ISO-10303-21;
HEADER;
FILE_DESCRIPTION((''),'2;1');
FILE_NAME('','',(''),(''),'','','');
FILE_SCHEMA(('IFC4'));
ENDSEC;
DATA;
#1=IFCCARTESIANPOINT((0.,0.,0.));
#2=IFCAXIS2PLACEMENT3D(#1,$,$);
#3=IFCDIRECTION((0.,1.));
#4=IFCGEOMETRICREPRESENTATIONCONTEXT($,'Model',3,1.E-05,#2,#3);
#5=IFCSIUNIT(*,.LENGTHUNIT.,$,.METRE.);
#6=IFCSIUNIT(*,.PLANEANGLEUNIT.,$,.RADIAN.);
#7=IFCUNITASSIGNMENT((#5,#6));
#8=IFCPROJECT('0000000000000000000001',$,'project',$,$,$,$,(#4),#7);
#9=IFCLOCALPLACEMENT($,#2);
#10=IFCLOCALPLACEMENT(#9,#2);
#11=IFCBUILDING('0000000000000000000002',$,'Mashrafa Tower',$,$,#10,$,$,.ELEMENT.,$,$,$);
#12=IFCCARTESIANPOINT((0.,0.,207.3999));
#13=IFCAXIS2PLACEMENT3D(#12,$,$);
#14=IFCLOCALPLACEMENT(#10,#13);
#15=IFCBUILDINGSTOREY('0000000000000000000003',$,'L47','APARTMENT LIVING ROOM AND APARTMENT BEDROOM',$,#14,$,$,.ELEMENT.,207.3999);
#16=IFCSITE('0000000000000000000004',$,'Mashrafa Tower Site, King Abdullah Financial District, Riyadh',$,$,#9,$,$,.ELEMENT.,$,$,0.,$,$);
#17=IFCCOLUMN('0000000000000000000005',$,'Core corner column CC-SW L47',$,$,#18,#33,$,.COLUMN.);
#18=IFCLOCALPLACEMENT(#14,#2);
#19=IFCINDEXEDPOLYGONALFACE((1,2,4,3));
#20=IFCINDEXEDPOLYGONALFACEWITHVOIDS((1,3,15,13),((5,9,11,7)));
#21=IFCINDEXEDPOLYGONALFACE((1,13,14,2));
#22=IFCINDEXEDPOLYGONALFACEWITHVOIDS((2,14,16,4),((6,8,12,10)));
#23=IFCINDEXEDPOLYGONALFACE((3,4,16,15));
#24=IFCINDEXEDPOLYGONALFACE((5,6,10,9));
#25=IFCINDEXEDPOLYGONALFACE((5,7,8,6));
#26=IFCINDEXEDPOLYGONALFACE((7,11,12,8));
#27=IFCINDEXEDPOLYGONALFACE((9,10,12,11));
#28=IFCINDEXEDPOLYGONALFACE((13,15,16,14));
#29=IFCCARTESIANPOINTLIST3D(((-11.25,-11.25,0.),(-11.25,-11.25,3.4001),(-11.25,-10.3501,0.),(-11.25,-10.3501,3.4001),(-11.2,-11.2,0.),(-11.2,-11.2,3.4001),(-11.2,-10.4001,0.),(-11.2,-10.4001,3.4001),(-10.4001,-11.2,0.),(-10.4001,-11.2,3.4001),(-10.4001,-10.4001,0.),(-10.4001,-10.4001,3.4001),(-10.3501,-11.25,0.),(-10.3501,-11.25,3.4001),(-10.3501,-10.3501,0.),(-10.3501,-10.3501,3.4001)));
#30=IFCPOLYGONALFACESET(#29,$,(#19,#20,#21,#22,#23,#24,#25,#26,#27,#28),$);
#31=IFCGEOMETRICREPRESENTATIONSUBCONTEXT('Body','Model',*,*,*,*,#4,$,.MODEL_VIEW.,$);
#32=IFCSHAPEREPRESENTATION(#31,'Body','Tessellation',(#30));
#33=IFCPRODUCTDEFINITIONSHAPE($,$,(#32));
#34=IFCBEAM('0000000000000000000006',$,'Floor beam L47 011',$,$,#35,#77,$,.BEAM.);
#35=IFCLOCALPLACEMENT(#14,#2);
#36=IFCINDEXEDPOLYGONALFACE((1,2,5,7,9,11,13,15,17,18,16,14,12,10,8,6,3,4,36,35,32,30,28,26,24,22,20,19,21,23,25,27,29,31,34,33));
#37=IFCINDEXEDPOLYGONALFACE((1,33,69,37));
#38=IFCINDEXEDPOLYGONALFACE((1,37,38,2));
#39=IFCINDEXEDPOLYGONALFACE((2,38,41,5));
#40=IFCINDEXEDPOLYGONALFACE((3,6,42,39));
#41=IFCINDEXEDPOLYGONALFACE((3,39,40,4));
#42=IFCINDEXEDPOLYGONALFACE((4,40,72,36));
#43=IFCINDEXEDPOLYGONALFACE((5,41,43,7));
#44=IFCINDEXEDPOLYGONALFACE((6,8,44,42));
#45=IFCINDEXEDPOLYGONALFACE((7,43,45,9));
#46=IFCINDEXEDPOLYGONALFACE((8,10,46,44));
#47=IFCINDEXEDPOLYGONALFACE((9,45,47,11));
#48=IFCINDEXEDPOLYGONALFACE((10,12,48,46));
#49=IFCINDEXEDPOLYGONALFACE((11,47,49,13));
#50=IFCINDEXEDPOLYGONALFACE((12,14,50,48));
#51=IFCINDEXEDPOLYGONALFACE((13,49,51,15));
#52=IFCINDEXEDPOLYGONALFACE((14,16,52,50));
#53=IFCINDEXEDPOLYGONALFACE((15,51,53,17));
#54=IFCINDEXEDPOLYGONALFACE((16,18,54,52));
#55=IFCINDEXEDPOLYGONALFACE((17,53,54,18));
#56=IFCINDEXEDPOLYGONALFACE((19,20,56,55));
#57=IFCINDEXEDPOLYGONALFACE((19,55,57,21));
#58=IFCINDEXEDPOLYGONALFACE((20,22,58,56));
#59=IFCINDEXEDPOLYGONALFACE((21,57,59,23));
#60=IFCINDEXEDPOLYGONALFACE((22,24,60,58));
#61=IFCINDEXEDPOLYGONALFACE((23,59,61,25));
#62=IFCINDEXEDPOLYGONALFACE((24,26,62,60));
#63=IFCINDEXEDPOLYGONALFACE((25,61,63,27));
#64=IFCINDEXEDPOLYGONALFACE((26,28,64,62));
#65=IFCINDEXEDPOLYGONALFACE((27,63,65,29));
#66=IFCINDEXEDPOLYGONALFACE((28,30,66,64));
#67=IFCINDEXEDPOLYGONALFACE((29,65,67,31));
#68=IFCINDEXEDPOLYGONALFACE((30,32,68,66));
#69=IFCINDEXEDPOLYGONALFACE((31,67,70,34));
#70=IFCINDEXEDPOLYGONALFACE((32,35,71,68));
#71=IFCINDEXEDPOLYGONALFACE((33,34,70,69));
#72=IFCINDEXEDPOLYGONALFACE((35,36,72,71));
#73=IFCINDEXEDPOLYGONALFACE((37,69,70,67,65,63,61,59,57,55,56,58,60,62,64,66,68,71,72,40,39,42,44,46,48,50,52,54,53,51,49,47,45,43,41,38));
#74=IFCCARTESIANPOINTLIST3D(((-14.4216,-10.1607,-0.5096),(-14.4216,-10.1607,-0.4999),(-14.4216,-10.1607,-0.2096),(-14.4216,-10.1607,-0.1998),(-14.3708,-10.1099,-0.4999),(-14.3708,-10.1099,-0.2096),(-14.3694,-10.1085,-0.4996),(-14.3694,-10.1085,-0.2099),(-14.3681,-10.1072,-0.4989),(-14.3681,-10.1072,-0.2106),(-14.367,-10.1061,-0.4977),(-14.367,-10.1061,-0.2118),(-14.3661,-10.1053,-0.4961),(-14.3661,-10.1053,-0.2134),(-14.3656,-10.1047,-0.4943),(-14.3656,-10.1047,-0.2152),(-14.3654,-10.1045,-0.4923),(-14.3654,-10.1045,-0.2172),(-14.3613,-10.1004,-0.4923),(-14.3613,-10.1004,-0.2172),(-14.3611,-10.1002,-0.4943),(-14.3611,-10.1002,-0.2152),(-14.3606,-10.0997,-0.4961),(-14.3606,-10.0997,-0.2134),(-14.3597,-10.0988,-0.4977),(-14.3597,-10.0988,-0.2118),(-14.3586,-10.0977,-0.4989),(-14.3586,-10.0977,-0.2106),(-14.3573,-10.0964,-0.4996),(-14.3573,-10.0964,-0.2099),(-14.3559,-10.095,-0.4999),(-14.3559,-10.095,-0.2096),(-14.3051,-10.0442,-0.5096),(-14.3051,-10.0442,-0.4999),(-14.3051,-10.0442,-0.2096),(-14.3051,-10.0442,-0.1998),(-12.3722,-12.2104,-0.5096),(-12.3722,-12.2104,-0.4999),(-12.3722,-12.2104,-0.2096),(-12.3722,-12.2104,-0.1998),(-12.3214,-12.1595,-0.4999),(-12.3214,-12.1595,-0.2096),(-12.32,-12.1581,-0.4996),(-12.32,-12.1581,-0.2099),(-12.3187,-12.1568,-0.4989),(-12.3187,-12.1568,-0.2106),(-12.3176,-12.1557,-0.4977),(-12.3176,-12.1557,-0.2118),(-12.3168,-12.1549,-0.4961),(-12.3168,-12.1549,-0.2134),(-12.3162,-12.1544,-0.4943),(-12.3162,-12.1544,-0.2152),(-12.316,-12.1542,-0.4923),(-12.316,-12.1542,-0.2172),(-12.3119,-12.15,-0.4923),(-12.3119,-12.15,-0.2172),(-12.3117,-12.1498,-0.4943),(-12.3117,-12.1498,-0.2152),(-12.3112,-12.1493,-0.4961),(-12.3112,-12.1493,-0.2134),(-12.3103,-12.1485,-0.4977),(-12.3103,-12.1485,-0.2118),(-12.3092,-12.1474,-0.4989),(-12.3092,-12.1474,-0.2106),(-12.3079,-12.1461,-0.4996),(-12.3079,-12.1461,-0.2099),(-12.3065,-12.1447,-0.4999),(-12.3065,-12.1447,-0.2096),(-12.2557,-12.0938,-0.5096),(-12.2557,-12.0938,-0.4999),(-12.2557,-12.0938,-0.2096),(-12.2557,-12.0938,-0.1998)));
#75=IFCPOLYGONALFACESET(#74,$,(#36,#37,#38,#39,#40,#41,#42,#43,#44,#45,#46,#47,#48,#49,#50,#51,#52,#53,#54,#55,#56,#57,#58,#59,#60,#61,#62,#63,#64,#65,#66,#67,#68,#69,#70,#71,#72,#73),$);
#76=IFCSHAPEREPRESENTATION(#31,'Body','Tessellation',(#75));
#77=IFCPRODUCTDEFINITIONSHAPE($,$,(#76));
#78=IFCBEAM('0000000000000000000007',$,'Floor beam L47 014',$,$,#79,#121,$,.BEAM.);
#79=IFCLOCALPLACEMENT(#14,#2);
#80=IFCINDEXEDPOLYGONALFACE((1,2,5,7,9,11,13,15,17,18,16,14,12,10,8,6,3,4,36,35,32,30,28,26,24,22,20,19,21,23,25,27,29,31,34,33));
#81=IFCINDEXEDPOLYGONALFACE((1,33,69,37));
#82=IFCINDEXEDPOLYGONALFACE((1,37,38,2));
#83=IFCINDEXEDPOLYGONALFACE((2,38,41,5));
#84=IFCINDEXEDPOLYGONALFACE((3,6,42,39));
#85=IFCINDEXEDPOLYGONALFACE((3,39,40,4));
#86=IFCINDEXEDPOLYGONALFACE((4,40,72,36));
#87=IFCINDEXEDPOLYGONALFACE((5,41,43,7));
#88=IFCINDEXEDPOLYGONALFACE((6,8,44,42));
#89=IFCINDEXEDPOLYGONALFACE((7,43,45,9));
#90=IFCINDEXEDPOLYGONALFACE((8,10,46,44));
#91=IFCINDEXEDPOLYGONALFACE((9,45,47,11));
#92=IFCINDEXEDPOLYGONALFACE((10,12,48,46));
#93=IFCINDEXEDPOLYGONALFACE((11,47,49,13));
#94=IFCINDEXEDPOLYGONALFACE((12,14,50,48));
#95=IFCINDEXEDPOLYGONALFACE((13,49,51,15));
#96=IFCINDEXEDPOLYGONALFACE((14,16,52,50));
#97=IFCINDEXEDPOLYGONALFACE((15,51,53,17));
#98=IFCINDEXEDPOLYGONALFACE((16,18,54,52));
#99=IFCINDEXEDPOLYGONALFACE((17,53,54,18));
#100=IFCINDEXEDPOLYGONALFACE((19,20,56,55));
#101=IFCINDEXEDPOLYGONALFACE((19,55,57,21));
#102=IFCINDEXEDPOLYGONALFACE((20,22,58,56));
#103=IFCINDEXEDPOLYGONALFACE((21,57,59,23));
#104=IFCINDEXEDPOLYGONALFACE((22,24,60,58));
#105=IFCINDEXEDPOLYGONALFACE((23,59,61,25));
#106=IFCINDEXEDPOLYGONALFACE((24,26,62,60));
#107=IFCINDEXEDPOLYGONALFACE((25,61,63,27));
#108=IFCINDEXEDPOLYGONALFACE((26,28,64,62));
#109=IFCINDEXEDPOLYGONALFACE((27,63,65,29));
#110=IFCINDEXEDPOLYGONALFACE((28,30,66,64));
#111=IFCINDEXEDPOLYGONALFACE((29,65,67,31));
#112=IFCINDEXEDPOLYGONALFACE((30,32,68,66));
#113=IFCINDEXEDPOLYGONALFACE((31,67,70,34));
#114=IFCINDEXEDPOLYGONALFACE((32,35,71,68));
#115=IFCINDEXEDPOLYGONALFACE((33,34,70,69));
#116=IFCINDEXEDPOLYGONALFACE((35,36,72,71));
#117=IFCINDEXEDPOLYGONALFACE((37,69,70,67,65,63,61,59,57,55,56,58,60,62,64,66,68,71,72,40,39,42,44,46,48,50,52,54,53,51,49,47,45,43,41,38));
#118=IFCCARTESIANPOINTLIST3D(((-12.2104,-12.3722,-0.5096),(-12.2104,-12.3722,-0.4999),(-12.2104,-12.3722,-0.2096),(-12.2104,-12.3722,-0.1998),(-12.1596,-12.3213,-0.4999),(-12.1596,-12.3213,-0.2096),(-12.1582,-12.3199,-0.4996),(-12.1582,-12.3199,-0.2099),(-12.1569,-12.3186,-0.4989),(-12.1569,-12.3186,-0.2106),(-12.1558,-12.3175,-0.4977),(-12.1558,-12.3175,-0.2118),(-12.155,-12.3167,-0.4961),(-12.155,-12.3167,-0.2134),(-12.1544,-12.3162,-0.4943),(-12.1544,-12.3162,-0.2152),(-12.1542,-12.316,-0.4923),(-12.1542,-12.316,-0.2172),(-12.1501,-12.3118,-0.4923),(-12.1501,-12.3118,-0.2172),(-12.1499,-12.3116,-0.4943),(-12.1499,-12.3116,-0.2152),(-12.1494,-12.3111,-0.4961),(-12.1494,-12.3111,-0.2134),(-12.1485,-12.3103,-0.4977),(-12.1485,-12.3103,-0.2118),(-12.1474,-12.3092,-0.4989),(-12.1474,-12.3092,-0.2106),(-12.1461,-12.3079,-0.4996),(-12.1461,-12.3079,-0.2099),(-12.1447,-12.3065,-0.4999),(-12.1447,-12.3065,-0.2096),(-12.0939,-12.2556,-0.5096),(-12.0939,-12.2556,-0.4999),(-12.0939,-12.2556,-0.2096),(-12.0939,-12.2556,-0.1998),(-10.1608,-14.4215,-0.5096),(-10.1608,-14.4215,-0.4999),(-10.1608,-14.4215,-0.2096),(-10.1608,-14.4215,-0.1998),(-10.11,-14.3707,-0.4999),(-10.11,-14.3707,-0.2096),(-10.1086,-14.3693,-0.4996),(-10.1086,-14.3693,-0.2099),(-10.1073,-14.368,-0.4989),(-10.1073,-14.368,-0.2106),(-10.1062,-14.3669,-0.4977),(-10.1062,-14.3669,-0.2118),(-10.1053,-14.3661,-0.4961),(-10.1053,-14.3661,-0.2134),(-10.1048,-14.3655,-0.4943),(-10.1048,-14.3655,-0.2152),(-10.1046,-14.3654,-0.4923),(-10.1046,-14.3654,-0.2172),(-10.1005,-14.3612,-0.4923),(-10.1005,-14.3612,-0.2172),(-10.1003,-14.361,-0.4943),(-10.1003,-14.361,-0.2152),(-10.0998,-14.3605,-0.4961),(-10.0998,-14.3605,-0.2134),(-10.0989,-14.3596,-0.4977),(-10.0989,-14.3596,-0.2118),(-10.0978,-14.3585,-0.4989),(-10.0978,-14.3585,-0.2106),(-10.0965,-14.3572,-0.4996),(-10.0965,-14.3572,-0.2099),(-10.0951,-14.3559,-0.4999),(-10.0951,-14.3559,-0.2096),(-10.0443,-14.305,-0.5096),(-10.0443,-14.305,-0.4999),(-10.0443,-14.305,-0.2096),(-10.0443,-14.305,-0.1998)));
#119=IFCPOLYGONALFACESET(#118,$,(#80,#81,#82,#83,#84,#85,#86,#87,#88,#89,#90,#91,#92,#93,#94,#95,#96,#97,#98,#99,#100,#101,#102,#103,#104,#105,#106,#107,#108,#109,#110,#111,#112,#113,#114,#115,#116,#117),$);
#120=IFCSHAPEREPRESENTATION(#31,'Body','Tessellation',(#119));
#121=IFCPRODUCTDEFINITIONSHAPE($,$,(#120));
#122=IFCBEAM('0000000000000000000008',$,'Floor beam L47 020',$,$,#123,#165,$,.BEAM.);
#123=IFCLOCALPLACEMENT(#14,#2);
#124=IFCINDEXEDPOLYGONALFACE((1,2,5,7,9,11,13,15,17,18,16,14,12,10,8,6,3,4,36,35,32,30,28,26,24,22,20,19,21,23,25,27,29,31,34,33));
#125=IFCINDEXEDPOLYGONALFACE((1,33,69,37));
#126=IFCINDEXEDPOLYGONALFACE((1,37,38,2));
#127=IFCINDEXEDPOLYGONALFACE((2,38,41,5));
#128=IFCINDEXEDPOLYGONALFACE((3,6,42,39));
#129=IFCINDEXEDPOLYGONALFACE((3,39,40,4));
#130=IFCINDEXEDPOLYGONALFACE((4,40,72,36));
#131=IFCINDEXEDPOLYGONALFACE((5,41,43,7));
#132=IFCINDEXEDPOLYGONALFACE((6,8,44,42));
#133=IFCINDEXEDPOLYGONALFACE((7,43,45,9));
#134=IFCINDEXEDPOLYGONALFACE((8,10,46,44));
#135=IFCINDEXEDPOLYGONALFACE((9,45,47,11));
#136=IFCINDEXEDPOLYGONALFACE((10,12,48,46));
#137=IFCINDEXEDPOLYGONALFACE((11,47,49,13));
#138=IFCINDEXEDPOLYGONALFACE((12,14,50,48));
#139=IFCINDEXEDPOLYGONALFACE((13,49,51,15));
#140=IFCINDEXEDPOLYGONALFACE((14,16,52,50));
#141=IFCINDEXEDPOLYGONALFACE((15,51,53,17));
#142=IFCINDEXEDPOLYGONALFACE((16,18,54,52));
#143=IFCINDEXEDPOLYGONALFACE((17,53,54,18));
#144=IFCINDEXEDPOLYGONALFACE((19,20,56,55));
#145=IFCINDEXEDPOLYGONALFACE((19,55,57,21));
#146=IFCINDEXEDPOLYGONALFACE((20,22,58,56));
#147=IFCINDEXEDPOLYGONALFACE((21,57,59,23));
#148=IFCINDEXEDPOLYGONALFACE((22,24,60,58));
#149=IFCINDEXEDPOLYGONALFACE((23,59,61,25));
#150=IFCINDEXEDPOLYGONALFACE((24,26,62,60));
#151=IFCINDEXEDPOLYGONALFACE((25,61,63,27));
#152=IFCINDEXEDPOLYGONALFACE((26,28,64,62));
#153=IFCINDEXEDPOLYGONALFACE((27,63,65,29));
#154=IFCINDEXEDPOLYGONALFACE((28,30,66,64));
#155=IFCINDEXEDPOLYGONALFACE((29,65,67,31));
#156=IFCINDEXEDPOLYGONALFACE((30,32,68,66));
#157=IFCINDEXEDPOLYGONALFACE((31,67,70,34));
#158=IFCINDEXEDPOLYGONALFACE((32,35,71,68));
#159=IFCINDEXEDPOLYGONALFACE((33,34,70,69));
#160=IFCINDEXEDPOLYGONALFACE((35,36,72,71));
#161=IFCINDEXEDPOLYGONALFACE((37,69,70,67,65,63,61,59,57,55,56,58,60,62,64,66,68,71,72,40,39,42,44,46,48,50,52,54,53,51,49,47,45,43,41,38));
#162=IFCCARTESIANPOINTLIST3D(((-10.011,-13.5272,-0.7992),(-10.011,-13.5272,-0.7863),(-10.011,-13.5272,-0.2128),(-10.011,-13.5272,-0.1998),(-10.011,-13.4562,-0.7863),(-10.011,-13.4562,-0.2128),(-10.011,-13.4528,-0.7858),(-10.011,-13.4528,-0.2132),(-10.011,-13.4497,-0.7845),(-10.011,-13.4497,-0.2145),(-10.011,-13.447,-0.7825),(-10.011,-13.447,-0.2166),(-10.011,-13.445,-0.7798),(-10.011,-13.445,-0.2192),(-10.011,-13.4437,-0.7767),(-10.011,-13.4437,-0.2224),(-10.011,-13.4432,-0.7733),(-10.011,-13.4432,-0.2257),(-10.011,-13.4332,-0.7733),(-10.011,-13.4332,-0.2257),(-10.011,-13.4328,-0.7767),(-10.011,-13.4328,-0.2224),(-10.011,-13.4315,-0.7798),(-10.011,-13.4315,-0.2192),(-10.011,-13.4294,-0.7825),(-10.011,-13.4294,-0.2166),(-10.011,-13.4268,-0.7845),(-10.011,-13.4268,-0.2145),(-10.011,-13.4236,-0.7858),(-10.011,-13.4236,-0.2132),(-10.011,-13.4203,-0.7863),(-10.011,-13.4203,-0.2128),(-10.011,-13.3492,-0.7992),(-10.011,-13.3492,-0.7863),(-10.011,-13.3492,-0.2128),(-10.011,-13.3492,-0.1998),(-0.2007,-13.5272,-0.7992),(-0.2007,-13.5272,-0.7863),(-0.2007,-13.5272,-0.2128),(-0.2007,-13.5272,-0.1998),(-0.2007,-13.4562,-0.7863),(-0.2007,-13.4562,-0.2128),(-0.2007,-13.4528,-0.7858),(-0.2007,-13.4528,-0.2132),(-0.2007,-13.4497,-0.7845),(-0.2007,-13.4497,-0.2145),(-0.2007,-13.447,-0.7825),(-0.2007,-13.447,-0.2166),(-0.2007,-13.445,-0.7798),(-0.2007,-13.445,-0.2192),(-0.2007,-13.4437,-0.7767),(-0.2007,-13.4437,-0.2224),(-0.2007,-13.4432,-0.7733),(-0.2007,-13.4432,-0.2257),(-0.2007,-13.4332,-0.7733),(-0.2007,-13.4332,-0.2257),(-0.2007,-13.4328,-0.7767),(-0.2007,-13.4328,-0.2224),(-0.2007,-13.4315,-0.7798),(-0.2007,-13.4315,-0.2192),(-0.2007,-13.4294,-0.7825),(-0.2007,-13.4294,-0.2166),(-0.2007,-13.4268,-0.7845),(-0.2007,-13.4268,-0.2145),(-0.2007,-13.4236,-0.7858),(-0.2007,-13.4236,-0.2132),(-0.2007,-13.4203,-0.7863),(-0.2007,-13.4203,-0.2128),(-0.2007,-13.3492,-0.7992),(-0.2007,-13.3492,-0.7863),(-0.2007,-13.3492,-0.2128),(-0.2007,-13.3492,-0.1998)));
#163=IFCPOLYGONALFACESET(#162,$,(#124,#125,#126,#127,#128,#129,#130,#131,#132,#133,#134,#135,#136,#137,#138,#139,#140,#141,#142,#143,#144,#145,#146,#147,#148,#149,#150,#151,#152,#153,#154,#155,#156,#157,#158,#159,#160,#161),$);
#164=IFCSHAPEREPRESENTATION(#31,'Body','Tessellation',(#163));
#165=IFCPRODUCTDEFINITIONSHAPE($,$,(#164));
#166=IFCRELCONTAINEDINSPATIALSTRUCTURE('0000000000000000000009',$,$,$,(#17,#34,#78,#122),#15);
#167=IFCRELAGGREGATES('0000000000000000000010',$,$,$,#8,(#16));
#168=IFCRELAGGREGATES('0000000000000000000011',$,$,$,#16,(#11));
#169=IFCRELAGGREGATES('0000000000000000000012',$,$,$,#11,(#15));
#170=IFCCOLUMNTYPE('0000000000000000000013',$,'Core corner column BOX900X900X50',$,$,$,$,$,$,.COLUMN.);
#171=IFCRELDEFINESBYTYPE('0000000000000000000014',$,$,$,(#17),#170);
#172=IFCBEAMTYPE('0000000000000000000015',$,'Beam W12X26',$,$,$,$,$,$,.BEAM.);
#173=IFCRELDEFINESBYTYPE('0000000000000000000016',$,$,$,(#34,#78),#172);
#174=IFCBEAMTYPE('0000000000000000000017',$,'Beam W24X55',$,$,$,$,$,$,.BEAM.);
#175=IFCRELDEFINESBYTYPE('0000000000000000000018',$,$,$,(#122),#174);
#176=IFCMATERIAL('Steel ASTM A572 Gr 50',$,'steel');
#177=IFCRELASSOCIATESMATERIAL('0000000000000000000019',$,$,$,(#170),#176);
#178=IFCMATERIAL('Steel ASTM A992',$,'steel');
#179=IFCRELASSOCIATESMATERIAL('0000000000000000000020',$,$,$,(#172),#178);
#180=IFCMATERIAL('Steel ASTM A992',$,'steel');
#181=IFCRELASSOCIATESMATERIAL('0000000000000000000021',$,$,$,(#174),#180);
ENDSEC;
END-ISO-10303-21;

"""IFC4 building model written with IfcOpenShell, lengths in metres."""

from ifc_helpers import new_model, si_unit, direction, frame, origin, origin_2d, place, context, subcontext, project, spatial, hollow_rectangle, i_section, extrude, material, material_profile, profile_set, type_object, element, save


model = new_model("IFC4")

# Units and contexts
model_context = context("Model", 3, precision=1e-05, world=origin(), true_north=direction((0.0, 1.0)))
body_context = subcontext(model_context, "Body", "Model", "MODEL_VIEW")
ifc_project = project(units=[si_unit("LENGTHUNIT", "METRE"), si_unit("PLANEANGLEUNIT", "RADIAN")], contexts=[model_context])

# Site, building, storey
site_placement = place(None, origin())
site = spatial("IfcSite", under=ifc_project, at=site_placement, Name="Mashrafa Tower Site, King Abdullah Financial District, Riyadh", CompositionType="ELEMENT", RefElevation=0.0)
building_placement = place(site_placement, origin())
building = spatial("IfcBuilding", under=site, at=building_placement, Name="Mashrafa Tower", CompositionType="ELEMENT")
storey_placement = place(building_placement, frame((0.0, 0.0, 207.3999)))
storey = spatial("IfcBuildingStorey", under=building, at=storey_placement, Name="L47", Description="APARTMENT LIVING ROOM AND APARTMENT BEDROOM", CompositionType="ELEMENT", Elevation=207.3999)

# Column
ifc_material_1 = material(Name="Steel ASTM A572 Gr 50", Category="steel")
ifc_material_profile_1 = material_profile(ifc_material_1, hollow_rectangle(XDim=0.8999, YDim=0.8999, WallThickness=0.05, at=origin_2d()), Name="BOX900X900X50")
ifc_profile_set_1 = profile_set([ifc_material_profile_1], Name="Steel ASTM A572 Gr 50")
column_type = type_object("IfcColumnType", Name="Core corner column BOX900X900X50", PredefinedType="COLUMN", material=ifc_profile_set_1)
column_placement = place(storey_placement, frame((-10.8, -10.8, 0.0), z_axis=(0.0, 0.0, 1.0), x_axis=(1.0, 0.0, 0.0)))
element("IfcColumn", 1, at=column_placement, inside=storey, type_object=column_type, Name="Core corner column CC-SW L47", PredefinedType="COLUMN", context=body_context, shape_type="SweptSolid", body=[
    extrude(hollow_rectangle(XDim=0.8999, YDim=0.8999, WallThickness=0.05, at=origin_2d()), origin(), (0.0, 0.0, 1.0), 3.4001),
])

# Beams
ifc_material_2 = material(Name="Steel ASTM A992", Category="steel")
ifc_material_profile_2 = material_profile(ifc_material_2, i_section(OverallWidth=0.1648, OverallDepth=0.3098, WebThickness=0.0059, FlangeThickness=0.0098, FilletRadius=0.0076, at=origin_2d()), Name="W12X26")
ifc_profile_set_2 = profile_set([ifc_material_profile_2], Name="Steel ASTM A992")
beam_type_1 = type_object("IfcBeamType", Name="Beam W12X26", PredefinedType="BEAM", material=ifc_profile_set_2)
for number, where, z_axis, x_axis, name in (
    (2, (-12.314, -12.1521, -0.3547), (-0.707065, 0.707149, 0.0), (-0.707149, -0.707065, 0.0), "Floor beam L47 011"),
    (3, (-10.1025, -14.3633, -0.3547), (-0.707149, 0.707065, 0.0), (-0.707065, -0.707149, 0.0), "Floor beam L47 014"),
):
    element("IfcBeam", number, at=place(storey_placement, frame(where, z_axis=z_axis, x_axis=x_axis)), inside=storey, type_object=beam_type_1, Name=name, PredefinedType="BEAM", context=body_context, shape_type="SweptSolid", body=[
        extrude(i_section(OverallWidth=0.1648, OverallDepth=0.3098, WebThickness=0.0059, FlangeThickness=0.0098, FilletRadius=0.0076, at=origin_2d()), origin(), (0.0, 0.0, 1.0), 2.8984),
    ])
ifc_material_3 = material(Name="Steel ASTM A992", Category="steel")
ifc_material_profile_3 = material_profile(ifc_material_3, i_section(OverallWidth=0.178, OverallDepth=0.5994, WebThickness=0.01, FlangeThickness=0.0129, FilletRadius=0.0129, at=origin_2d()), Name="W24X55")
ifc_profile_set_3 = profile_set([ifc_material_profile_3], Name="Steel ASTM A992")
beam_type_2 = type_object("IfcBeamType", Name="Beam W24X55", PredefinedType="BEAM", material=ifc_profile_set_3)
beam_placement = place(storey_placement, frame((-0.2007, -13.4382, -0.4995), z_axis=(-1.0, 0.0, 0.0), x_axis=(0.0, -1.0, 0.0)))
element("IfcBeam", 4, at=beam_placement, inside=storey, type_object=beam_type_2, Name="Floor beam L47 020", PredefinedType="BEAM", context=body_context, shape_type="SweptSolid", body=[
    extrude(i_section(OverallWidth=0.178, OverallDepth=0.5994, WebThickness=0.01, FlangeThickness=0.0129, FilletRadius=0.0129, at=origin_2d()), origin(), (0.0, 0.0, 1.0), 9.8103),
])

save(model, "model.ifc")
